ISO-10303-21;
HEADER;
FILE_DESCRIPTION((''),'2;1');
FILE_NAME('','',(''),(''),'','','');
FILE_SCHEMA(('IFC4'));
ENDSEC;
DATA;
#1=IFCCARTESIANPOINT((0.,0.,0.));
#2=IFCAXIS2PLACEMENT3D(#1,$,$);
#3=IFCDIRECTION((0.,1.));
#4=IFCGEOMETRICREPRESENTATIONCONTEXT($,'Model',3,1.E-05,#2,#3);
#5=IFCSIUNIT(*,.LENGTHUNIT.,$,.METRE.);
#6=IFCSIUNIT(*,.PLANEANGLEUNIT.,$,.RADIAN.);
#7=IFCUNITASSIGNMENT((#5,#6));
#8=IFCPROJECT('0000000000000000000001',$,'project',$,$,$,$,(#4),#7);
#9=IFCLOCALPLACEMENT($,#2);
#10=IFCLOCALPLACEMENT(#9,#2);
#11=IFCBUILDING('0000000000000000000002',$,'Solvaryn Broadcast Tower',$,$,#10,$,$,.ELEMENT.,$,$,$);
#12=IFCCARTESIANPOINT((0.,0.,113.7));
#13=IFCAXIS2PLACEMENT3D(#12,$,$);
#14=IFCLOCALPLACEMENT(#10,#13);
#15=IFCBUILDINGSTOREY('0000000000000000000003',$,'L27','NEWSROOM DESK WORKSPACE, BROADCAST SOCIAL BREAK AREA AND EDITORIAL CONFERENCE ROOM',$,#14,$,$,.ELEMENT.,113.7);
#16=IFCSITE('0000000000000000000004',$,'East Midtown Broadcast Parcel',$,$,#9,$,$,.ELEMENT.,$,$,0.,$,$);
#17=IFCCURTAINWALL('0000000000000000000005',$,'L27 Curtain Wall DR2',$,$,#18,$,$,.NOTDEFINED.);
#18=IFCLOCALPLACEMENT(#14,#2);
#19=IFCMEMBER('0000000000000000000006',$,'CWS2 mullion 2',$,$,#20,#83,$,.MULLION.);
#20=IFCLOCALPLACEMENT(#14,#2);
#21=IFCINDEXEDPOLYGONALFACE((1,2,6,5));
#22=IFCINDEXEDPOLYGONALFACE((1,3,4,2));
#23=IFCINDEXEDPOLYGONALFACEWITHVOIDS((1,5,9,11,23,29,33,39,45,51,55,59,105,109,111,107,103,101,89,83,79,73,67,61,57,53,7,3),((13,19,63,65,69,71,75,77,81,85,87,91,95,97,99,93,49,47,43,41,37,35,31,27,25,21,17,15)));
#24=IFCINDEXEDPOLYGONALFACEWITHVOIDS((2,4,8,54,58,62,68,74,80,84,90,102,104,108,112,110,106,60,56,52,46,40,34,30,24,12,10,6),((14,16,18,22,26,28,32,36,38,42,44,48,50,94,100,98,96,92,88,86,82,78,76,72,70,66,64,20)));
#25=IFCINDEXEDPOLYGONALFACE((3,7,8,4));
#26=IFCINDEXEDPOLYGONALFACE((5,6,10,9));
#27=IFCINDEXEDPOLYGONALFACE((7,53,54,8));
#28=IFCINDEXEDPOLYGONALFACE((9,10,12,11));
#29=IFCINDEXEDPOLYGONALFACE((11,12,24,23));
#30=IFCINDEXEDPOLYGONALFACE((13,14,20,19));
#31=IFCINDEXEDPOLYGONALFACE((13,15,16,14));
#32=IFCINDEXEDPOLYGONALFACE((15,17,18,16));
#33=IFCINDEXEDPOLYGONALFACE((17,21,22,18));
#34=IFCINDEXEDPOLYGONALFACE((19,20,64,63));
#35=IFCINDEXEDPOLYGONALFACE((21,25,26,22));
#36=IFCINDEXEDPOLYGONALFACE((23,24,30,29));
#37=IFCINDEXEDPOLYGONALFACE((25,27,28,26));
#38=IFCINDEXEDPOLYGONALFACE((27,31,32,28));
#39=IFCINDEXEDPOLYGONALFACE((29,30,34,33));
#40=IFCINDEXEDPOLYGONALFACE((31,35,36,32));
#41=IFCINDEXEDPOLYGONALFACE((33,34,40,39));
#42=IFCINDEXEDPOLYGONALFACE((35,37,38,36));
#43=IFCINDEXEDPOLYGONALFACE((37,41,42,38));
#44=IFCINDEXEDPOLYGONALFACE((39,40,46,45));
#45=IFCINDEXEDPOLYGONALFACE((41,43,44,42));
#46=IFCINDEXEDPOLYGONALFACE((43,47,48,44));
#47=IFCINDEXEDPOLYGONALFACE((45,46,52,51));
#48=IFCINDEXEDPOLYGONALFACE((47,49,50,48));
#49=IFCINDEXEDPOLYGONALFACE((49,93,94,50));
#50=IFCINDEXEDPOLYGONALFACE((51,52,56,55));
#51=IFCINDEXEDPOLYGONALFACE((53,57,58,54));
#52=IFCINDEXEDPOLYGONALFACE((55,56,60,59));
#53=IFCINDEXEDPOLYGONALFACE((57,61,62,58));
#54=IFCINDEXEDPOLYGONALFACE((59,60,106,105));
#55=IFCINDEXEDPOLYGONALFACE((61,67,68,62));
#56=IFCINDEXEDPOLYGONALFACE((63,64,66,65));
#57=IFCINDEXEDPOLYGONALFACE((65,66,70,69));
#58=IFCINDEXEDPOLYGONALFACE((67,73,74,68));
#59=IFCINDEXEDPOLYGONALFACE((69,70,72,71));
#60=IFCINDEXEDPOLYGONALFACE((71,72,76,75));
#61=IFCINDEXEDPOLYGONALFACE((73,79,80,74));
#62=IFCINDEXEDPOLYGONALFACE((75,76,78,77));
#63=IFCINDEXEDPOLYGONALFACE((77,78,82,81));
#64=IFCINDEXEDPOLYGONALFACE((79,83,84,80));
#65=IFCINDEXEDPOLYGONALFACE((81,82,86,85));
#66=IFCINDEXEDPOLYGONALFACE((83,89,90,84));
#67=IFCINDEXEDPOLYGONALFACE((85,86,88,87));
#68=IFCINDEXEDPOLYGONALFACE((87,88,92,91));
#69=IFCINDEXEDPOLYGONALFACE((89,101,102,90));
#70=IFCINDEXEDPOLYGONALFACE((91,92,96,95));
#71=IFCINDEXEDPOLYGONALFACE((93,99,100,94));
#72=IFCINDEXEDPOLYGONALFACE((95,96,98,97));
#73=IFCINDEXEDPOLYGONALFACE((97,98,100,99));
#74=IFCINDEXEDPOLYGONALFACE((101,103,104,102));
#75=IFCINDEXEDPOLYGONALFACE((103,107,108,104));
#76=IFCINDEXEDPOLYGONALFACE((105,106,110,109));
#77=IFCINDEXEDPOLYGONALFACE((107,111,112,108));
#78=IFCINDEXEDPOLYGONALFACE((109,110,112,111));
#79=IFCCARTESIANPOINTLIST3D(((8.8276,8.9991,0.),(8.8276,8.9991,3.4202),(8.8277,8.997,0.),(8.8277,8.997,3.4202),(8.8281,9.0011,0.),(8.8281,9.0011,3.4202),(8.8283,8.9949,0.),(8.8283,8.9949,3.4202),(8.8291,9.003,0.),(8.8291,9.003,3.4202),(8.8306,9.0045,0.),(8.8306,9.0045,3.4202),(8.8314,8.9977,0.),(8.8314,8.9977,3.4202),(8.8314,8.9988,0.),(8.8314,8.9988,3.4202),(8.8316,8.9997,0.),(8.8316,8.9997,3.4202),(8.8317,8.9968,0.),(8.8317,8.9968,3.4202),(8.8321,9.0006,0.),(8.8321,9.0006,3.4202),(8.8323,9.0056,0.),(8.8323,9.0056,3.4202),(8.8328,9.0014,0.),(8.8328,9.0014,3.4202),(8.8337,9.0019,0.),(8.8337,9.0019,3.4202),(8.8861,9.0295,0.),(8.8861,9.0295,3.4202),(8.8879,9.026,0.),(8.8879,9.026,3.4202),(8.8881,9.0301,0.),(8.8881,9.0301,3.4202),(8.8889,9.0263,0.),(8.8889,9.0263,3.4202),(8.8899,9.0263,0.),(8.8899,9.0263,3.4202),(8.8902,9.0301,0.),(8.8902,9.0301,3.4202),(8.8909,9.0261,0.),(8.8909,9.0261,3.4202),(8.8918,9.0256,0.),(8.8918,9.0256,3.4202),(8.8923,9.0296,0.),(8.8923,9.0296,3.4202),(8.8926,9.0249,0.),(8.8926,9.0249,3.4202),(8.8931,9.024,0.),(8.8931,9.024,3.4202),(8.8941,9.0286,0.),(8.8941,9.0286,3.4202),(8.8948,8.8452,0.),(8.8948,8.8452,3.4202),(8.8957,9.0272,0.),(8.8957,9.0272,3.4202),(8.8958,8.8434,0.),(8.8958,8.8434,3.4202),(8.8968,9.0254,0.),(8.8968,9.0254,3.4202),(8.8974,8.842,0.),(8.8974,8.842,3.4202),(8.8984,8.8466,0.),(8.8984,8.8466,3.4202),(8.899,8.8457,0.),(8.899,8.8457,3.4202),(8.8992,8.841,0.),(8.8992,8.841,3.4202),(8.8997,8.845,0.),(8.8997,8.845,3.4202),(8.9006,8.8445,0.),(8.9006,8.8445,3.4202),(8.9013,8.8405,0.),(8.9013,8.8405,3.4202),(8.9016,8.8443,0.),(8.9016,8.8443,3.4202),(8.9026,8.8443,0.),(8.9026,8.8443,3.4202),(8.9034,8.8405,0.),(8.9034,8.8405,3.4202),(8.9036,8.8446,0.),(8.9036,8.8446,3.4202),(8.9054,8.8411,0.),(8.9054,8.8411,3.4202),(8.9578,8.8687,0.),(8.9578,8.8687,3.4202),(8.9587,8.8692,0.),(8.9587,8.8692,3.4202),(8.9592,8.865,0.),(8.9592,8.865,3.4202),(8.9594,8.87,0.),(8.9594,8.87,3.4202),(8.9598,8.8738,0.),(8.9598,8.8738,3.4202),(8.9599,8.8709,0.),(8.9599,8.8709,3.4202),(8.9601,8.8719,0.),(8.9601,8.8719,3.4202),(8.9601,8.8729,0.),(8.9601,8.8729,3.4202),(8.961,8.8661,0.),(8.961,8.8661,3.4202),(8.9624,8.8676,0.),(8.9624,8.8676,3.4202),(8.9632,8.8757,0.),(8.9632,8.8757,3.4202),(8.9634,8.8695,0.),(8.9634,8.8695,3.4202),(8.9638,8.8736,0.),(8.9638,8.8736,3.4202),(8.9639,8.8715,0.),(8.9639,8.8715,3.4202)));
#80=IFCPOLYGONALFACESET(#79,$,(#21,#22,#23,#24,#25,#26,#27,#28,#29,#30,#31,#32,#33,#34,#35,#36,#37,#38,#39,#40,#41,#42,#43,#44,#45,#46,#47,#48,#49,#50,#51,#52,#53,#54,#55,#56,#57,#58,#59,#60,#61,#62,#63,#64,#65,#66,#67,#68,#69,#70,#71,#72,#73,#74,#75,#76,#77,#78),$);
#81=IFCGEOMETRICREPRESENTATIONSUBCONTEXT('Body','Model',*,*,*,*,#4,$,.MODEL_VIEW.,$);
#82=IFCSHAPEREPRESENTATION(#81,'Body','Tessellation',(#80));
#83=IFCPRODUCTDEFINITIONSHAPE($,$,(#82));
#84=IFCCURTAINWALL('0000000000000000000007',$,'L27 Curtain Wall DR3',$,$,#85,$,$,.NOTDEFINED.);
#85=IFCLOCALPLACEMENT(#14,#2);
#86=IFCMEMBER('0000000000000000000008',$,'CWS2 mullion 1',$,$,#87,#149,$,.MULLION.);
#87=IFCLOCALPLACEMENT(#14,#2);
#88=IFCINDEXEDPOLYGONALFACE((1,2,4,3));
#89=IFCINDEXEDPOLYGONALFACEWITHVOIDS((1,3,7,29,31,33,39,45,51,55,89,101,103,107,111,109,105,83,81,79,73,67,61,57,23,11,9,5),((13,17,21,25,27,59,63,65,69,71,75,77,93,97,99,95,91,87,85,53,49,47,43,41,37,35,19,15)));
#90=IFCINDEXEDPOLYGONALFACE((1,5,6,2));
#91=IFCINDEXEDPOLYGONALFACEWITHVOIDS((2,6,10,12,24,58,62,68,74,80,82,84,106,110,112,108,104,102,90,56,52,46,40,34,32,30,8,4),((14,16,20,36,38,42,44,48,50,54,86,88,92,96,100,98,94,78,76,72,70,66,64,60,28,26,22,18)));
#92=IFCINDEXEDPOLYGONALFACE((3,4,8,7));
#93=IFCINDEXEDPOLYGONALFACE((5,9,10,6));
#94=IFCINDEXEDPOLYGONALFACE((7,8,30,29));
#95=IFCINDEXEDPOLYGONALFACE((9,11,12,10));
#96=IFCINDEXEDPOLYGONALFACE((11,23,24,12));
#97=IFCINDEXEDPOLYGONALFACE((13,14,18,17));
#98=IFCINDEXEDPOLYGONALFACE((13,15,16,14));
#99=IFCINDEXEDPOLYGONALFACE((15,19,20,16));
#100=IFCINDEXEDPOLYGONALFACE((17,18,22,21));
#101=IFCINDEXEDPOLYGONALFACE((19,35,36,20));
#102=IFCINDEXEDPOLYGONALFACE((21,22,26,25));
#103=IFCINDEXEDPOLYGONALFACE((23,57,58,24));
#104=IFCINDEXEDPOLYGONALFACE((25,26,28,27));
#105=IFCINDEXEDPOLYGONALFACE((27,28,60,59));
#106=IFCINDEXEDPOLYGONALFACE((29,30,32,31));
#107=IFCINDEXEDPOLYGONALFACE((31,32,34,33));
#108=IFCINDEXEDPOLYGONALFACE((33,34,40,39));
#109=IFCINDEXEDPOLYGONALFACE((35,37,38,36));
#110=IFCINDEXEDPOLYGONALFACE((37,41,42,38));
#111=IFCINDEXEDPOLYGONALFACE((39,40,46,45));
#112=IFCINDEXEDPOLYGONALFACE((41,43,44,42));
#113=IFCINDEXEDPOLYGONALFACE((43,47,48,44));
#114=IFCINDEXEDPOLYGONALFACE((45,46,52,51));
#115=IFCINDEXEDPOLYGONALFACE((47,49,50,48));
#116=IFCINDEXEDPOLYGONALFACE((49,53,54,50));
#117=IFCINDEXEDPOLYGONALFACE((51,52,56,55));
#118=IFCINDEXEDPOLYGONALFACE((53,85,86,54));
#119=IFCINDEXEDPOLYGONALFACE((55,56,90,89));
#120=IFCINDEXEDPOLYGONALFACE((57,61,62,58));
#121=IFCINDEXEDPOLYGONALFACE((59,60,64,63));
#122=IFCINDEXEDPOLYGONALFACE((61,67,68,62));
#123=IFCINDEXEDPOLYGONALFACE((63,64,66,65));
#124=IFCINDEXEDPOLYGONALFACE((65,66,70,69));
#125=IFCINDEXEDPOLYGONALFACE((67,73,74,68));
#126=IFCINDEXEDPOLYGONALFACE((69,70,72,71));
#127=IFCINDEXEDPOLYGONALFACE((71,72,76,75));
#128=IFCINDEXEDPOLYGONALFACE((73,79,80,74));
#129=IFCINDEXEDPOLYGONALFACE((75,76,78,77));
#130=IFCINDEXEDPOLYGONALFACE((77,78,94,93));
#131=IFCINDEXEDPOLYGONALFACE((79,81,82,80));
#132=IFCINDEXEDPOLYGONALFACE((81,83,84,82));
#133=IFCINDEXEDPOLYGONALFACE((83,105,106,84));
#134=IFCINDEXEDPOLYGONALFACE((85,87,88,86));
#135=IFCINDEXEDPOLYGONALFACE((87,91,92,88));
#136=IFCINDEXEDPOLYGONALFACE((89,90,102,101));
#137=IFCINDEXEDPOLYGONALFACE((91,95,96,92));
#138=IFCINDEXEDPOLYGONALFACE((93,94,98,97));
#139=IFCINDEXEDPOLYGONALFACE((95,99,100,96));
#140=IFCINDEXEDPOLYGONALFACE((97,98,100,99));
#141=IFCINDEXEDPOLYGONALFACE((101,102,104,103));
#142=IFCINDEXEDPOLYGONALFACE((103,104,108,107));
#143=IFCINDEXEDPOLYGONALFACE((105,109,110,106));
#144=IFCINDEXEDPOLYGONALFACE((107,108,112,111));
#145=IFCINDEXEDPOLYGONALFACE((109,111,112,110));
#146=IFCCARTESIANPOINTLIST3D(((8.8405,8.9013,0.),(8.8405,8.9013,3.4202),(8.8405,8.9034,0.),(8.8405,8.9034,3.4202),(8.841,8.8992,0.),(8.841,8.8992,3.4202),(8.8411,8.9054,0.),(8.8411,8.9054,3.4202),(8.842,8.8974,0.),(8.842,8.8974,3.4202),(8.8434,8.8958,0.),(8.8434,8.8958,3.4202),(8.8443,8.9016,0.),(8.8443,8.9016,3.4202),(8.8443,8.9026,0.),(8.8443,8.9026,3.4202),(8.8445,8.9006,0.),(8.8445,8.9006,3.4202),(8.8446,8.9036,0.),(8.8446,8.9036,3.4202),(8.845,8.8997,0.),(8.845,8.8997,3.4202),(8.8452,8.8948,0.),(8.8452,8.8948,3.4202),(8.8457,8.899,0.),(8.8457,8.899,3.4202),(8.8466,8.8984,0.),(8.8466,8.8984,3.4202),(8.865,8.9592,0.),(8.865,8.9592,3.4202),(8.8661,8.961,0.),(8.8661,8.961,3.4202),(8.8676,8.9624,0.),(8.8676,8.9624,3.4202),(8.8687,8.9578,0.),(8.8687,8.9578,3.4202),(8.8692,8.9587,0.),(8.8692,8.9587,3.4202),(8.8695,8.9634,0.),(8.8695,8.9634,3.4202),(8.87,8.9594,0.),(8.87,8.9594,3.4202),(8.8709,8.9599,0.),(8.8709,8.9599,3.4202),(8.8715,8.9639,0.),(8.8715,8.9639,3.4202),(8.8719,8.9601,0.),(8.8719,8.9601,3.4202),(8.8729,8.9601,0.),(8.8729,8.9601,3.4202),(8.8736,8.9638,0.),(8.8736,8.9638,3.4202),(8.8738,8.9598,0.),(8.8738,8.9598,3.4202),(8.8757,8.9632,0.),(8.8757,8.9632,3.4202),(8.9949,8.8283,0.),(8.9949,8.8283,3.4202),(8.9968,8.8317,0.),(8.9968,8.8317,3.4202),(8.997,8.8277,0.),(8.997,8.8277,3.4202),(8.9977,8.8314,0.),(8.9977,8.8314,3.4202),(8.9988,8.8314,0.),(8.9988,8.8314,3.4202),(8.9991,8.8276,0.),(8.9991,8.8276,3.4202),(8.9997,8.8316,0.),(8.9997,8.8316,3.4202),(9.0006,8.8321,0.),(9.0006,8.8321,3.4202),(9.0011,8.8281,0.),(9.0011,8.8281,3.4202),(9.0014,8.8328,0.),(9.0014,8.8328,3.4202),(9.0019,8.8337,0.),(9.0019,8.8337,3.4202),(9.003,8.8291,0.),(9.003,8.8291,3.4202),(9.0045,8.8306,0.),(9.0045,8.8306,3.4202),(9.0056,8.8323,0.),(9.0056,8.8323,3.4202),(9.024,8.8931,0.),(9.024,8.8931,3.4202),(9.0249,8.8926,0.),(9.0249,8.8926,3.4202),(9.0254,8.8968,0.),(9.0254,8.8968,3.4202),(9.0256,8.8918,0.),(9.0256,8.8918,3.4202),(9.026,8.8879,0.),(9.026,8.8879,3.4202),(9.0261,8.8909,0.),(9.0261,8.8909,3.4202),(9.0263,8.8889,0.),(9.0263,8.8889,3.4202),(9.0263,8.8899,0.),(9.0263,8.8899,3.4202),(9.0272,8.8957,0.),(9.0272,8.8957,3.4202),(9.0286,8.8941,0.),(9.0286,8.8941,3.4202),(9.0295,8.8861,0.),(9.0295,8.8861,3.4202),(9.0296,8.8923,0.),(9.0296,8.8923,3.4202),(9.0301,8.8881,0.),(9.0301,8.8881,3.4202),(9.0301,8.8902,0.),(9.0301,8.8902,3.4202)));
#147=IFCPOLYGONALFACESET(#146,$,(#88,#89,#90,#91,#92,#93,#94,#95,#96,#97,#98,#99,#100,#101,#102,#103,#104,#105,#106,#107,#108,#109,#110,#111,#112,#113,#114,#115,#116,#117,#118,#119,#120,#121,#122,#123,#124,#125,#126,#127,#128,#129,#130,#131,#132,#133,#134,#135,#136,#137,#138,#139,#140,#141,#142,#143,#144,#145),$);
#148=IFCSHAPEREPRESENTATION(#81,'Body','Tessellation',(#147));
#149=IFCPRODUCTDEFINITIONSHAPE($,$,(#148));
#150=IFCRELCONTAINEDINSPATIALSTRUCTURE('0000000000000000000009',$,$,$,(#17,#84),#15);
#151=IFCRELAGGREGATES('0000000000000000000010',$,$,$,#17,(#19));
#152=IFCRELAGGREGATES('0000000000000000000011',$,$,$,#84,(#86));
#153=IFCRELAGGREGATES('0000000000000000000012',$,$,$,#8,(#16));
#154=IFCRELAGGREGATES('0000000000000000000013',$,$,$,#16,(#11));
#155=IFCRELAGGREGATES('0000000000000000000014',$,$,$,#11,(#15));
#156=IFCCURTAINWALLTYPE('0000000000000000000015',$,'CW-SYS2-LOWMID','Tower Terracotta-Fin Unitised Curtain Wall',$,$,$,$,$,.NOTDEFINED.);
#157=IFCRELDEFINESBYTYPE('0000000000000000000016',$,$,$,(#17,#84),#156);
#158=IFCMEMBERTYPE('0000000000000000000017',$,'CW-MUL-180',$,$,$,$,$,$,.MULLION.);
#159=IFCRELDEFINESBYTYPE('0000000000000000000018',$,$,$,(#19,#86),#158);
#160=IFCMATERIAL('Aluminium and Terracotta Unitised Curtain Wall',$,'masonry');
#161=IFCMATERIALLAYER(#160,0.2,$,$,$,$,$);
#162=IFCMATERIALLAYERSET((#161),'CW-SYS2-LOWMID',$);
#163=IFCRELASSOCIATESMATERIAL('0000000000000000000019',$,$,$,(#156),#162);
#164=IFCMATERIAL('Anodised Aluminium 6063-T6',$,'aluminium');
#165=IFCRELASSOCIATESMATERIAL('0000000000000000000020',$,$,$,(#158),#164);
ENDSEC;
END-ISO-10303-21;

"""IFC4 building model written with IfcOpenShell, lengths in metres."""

from ifc_helpers import new_model, si_unit, direction, frame, origin, origin_2d, place, context, subcontext, project, spatial, hollow_rectangle, extrude, material, layer, layer_set, material_profile, profile_set, type_object, element, aggregate, save


model = new_model("IFC4")

# Units and contexts
model_context = context("Model", 3, precision=1e-05, world=origin(), true_north=direction((0.0, 1.0)))
body_context = subcontext(model_context, "Body", "Model", "MODEL_VIEW")
ifc_project = project(units=[si_unit("LENGTHUNIT", "METRE"), si_unit("PLANEANGLEUNIT", "RADIAN")], contexts=[model_context])

# Site, building, storey
site_placement = place(None, origin())
site = spatial("IfcSite", under=ifc_project, at=site_placement, Name="East Midtown Broadcast Parcel", CompositionType="ELEMENT", RefElevation=0.0)
building_placement = place(site_placement, origin())
building = spatial("IfcBuilding", under=site, at=building_placement, Name="Solvaryn Broadcast Tower", CompositionType="ELEMENT")
storey_placement = place(building_placement, frame((0.0, 0.0, 113.7)))
storey = spatial("IfcBuildingStorey", under=building, at=storey_placement, Name="L27", Description="NEWSROOM DESK WORKSPACE, BROADCAST SOCIAL BREAK AREA AND EDITORIAL CONFERENCE ROOM", CompositionType="ELEMENT", Elevation=113.7)

# Curtain wall, member
ifc_material_1 = material(Name="Aluminium and Terracotta Unitised Curtain Wall", Category="masonry")
ifc_layer_1 = layer(ifc_material_1, 0.2)
ifc_layer_set_1 = layer_set([ifc_layer_1], Name="CW-SYS2-LOWMID")
curtain_wall_type = type_object("IfcCurtainWallType", Name="CW-SYS2-LOWMID", Description="Tower Terracotta-Fin Unitised Curtain Wall", PredefinedType="NOTDEFINED", material=ifc_layer_set_1)
curtain_wall_1_placement = place(storey_placement, origin())
curtain_wall_1 = element("IfcCurtainWall", 1, at=curtain_wall_1_placement, inside=storey, type_object=curtain_wall_type, Name="L27 Curtain Wall DR2", PredefinedType="NOTDEFINED")
ifc_material_2 = material(Name="Anodised Aluminium 6063-T6", Category="aluminium")
ifc_material_profile_1 = material_profile(ifc_material_2, hollow_rectangle(XDim=0.075, YDim=0.1799, WallThickness=0.0039, InnerFilletRadius=0.0039, OuterFilletRadius=0.0081, at=origin_2d()))
ifc_profile_set_1 = profile_set([ifc_material_profile_1], Name="Anodised Aluminium 6063-T6")
member_type_1 = type_object("IfcMemberType", Name="CW-MUL-180", PredefinedType="MULLION", material=ifc_profile_set_1)
member_1_placement = place(storey_placement, frame((8.8958, 8.9353, 0.0), z_axis=(0.0, 0.0, 1.0), x_axis=(0.913909, 0.405918, 0.0)))
member_1 = element("IfcMember", 2, at=member_1_placement, type_object=member_type_1, Name="CWS2 mullion 2", PredefinedType="MULLION", context=body_context, shape_type="SweptSolid", body=[
    extrude(hollow_rectangle(XDim=0.075, YDim=0.1799, WallThickness=0.0039, InnerFilletRadius=0.0039, OuterFilletRadius=0.0081, at=origin_2d()), origin(), (0.0, 0.0, 1.0), 3.4202),
])
aggregate(curtain_wall_1, [member_1])

# Curtain wall, member
curtain_wall_2_placement = place(storey_placement, origin())
curtain_wall_2 = element("IfcCurtainWall", 3, at=curtain_wall_2_placement, inside=storey, type_object=curtain_wall_type, Name="L27 Curtain Wall DR3", PredefinedType="NOTDEFINED")
member_2_placement = place(storey_placement, frame((8.9353, 8.8958, 0.0), z_axis=(0.0, 0.0, 1.0), x_axis=(0.405918, 0.913909, 0.0)))
member_2 = element("IfcMember", 4, at=member_2_placement, type_object=member_type_1, Name="CWS2 mullion 1", PredefinedType="MULLION", context=body_context, shape_type="SweptSolid", body=[
    extrude(hollow_rectangle(XDim=0.075, YDim=0.1799, WallThickness=0.0039, InnerFilletRadius=0.0039, OuterFilletRadius=0.0081, at=origin_2d()), origin(), (0.0, 0.0, 1.0), 3.4202),
])
aggregate(curtain_wall_2, [member_2])

save(model, "model.ifc")
